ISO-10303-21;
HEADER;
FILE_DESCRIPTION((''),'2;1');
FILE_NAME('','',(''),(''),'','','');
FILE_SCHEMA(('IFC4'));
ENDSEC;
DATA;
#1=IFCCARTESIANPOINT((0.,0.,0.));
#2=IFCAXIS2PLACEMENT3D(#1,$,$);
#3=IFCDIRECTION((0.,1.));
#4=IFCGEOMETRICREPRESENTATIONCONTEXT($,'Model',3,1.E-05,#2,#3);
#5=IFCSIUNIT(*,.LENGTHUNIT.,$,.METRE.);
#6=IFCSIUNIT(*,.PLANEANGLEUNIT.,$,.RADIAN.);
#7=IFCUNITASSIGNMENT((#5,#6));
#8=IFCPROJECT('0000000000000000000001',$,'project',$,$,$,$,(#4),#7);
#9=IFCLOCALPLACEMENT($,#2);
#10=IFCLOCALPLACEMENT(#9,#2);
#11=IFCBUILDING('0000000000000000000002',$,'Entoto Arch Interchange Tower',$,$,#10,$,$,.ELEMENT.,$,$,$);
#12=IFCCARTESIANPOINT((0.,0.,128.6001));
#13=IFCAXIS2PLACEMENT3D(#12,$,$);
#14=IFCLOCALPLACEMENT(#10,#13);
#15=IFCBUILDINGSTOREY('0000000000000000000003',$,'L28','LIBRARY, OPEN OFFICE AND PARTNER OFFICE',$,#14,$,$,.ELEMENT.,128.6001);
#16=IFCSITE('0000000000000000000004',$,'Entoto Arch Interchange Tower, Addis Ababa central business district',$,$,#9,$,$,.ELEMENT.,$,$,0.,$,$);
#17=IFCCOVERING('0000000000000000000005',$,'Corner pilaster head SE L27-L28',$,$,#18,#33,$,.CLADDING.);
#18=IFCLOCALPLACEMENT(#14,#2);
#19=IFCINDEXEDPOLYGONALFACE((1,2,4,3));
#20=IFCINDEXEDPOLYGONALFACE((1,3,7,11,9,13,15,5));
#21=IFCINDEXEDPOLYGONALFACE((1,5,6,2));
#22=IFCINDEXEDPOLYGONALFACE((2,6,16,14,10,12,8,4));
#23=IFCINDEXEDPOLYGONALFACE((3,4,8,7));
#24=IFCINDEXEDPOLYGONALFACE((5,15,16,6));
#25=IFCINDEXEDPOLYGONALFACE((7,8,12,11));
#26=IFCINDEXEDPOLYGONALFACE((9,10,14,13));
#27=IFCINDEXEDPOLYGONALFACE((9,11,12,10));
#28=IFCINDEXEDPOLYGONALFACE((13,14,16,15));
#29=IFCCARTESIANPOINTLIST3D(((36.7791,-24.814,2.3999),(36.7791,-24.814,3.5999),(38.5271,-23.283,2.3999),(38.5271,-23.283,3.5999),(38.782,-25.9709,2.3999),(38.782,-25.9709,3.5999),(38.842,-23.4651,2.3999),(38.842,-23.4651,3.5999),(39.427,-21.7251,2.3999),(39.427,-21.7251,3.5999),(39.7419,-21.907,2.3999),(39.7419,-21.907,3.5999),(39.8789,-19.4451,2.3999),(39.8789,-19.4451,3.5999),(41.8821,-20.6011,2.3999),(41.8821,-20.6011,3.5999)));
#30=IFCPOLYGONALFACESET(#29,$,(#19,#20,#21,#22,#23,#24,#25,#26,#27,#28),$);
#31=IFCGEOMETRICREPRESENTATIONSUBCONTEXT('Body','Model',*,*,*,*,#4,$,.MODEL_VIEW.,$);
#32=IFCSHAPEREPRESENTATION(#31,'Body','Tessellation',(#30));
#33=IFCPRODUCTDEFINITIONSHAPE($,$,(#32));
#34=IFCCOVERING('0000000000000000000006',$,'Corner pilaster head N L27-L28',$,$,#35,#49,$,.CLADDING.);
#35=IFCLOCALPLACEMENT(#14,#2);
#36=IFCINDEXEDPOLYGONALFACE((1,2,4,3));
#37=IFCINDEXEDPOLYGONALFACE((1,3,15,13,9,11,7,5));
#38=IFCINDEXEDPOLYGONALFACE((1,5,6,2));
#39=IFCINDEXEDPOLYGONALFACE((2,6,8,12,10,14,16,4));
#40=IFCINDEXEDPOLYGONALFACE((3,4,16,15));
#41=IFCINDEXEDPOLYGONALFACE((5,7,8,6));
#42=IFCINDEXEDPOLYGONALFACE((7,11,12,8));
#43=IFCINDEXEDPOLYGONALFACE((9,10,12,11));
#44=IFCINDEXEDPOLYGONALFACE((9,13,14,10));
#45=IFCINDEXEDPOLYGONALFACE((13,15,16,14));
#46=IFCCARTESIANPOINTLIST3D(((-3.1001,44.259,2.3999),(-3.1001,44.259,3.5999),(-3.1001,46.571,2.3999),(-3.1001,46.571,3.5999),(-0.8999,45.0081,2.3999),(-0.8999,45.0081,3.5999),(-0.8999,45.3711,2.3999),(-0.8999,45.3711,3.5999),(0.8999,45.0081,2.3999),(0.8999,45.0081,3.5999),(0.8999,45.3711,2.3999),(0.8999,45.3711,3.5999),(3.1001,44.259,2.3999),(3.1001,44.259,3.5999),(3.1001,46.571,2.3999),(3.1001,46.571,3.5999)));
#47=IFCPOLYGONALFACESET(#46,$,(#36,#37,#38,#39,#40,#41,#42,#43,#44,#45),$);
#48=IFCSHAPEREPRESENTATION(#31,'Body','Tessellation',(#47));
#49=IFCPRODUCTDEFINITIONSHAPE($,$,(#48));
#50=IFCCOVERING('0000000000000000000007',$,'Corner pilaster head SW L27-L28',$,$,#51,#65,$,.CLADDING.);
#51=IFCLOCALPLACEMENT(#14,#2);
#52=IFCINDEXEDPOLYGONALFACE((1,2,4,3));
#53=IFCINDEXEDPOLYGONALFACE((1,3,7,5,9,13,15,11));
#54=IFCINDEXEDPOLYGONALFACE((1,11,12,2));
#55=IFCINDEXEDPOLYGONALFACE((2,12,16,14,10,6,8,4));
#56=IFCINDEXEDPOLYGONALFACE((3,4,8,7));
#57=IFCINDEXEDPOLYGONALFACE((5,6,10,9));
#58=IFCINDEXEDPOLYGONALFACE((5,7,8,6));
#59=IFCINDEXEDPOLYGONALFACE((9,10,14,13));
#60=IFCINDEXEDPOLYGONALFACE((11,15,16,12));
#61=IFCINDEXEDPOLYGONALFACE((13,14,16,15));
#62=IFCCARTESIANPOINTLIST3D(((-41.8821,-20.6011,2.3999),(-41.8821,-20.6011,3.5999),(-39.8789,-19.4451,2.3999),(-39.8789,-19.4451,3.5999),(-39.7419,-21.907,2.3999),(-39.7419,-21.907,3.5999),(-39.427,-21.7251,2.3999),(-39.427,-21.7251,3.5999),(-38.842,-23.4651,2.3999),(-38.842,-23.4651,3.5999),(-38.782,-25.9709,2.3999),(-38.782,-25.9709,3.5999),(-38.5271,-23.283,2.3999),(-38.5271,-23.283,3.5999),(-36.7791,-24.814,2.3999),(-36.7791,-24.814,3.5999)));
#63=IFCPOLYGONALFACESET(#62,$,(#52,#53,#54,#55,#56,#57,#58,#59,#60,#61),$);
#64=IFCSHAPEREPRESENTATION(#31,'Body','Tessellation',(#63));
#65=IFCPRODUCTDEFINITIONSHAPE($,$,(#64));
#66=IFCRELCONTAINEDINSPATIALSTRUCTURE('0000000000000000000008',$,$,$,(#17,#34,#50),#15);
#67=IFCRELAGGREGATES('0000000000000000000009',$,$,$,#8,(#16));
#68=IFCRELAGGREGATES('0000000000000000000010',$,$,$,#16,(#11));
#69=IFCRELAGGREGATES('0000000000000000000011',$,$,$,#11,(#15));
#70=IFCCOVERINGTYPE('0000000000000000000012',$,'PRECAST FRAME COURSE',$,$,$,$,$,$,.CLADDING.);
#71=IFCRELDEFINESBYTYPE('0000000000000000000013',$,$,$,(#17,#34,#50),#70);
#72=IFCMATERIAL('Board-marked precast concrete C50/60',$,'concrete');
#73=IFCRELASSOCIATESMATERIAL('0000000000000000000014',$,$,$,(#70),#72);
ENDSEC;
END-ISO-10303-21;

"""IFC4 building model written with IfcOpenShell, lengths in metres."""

from ifc_helpers import new_model, si_unit, direction, frame, origin, place, context, subcontext, project, spatial, polyline, outline, extrude, material, type_object, element, save


model = new_model("IFC4")

# Units and contexts
model_context = context("Model", 3, precision=1e-05, world=origin(), true_north=direction((0.0, 1.0)))
body_context = subcontext(model_context, "Body", "Model", "MODEL_VIEW")
ifc_project = project(units=[si_unit("LENGTHUNIT", "METRE"), si_unit("PLANEANGLEUNIT", "RADIAN")], contexts=[model_context])

# Site, building, storey
site_placement = place(None, origin())
site = spatial("IfcSite", under=ifc_project, at=site_placement, Name="Entoto Arch Interchange Tower, Addis Ababa central business district", CompositionType="ELEMENT", RefElevation=0.0)
building_placement = place(site_placement, origin())
building = spatial("IfcBuilding", under=site, at=building_placement, Name="Entoto Arch Interchange Tower", CompositionType="ELEMENT")
storey_placement = place(building_placement, frame((0.0, 0.0, 128.6001)))
storey = spatial("IfcBuildingStorey", under=building, at=storey_placement, Name="L28", Description="LIBRARY, OPEN OFFICE AND PARTNER OFFICE", CompositionType="ELEMENT", Elevation=128.6001)

# Shared definitions
ifc_material_1 = material(Name="Board-marked precast concrete C50/60", Category="concrete")

# Coverings
covering_type = type_object("IfcCoveringType", Name="PRECAST FRAME COURSE", PredefinedType="CLADDING", material=ifc_material_1)
covering_1_placement = place(storey_placement, frame((0.0, 0.0, 2.3999)))
element("IfcCovering", 1, at=covering_1_placement, inside=storey, type_object=covering_type, Name="Corner pilaster head SE L27-L28", PredefinedType="CLADDING", context=body_context, shape_type="SweptSolid", body=[
    extrude(outline(polyline([(41.8821, -20.6011), (38.782, -25.9709), (36.7791, -24.814), (38.5271, -23.283), (38.842, -23.4651), (39.7419, -21.907), (39.427, -21.7251), (39.8789, -19.4451), (41.8821, -20.6011)])), origin(), (0.0, 0.0, 1.0), 1.2),
])
covering_2_placement = place(storey_placement, frame((0.0, 0.0, 2.3999)))
element("IfcCovering", 2, at=covering_2_placement, inside=storey, type_object=covering_type, Name="Corner pilaster head N L27-L28", PredefinedType="CLADDING", context=body_context, shape_type="SweptSolid", body=[
    extrude(outline(polyline([(-3.1001, 46.571), (3.1001, 46.571), (3.1001, 44.259), (0.8999, 45.0081), (0.8999, 45.3711), (-0.8999, 45.3711), (-0.8999, 45.0081), (-3.1001, 44.259), (-3.1001, 46.571)])), origin(), (0.0, 0.0, 1.0), 1.2),
])
covering_3_placement = place(storey_placement, frame((0.0, 0.0, 2.3999)))
element("IfcCovering", 3, at=covering_3_placement, inside=storey, type_object=covering_type, Name="Corner pilaster head SW L27-L28", PredefinedType="CLADDING", context=body_context, shape_type="SweptSolid", body=[
    extrude(outline(polyline([(-38.782, -25.9709), (-41.8821, -20.6011), (-39.8789, -19.4451), (-39.427, -21.7251), (-39.7419, -21.907), (-38.842, -23.4651), (-38.5271, -23.283), (-36.7791, -24.814), (-38.782, -25.9709)])), origin(), (0.0, 0.0, 1.0), 1.2),
])

save(model, "model.ifc")
